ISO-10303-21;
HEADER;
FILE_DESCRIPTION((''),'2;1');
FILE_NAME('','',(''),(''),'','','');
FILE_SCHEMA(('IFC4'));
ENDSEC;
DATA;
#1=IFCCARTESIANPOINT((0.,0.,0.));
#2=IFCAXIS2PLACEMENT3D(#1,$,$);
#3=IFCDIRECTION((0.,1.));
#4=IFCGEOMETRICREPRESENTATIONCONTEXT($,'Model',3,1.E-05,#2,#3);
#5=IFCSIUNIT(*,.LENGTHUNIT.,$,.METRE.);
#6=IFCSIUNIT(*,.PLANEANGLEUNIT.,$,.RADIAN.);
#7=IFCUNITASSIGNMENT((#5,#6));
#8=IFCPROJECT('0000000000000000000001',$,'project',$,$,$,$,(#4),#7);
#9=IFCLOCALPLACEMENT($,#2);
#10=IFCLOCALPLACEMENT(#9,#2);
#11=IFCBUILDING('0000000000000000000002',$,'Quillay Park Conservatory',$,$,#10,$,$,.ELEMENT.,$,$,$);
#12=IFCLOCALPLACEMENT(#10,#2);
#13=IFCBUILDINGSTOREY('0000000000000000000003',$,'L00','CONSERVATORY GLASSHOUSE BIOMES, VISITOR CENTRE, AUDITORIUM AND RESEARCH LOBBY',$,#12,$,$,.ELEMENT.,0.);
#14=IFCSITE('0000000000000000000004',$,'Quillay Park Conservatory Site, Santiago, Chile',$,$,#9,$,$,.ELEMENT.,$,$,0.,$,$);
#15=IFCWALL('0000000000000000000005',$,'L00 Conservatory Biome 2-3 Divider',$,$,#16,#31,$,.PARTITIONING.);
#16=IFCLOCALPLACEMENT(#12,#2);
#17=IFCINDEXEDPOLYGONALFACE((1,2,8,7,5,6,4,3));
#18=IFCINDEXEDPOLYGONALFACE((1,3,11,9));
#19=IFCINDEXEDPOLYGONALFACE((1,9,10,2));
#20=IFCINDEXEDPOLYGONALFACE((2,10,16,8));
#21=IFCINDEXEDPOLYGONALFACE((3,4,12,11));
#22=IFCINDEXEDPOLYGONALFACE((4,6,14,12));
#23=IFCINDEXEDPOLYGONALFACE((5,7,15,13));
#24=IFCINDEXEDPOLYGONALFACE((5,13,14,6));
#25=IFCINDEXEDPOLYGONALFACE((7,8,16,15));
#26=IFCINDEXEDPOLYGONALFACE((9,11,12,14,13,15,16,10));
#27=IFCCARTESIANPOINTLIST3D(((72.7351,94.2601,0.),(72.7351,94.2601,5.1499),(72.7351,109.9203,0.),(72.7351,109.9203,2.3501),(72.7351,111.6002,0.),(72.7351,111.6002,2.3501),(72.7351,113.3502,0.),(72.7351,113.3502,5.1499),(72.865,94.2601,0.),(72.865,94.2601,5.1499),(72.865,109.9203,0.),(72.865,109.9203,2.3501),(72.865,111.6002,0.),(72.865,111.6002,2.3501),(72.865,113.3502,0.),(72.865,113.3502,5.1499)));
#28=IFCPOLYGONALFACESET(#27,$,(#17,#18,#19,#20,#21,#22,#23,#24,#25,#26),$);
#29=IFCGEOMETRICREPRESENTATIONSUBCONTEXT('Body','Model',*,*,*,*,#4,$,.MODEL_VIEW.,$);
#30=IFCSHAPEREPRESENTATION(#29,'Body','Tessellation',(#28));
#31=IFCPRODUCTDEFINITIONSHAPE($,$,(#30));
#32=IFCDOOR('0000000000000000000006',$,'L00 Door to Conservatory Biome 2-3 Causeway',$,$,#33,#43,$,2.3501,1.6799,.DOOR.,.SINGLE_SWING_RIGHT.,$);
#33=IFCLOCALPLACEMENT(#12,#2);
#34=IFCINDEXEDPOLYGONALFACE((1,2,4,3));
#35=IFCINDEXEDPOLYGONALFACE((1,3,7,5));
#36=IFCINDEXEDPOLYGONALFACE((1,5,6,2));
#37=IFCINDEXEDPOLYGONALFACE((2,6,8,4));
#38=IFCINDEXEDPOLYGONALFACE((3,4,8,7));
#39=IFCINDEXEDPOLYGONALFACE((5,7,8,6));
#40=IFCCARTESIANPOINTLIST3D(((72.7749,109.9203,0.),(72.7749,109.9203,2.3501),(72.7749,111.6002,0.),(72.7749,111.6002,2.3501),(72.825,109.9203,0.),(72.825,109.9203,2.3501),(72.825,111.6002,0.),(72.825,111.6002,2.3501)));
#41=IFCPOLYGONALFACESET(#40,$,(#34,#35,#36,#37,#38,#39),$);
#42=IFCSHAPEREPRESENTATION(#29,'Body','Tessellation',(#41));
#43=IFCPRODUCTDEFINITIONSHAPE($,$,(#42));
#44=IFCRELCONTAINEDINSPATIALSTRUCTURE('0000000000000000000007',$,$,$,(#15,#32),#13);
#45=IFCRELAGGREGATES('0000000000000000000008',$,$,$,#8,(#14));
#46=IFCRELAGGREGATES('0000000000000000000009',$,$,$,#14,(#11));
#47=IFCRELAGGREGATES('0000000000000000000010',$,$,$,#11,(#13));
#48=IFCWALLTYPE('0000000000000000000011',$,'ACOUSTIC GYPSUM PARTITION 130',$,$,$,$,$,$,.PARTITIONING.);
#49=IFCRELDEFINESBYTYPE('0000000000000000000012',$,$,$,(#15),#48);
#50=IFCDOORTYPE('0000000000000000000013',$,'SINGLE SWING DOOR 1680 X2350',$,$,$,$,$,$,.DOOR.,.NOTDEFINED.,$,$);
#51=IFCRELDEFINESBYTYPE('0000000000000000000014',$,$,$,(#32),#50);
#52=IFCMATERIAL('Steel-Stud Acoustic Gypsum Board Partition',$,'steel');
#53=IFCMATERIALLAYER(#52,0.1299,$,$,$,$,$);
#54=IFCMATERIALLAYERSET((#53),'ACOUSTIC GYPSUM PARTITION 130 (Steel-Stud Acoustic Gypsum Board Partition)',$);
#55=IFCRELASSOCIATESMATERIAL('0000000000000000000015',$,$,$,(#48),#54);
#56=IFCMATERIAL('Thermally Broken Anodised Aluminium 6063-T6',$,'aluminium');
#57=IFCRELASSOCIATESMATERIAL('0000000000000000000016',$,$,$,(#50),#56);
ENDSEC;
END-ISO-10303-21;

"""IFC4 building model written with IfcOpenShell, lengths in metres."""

from ifc_helpers import new_model, si_unit, direction, frame, frame_2d, origin, place, context, subcontext, project, spatial, rectangle, extrude, material, layer, layer_set, type_object, element, fill, save


model = new_model("IFC4")

# Units and contexts
model_context = context("Model", 3, precision=1e-05, world=origin(), true_north=direction((0.0, 1.0)))
body_context = subcontext(model_context, "Body", "Model", "MODEL_VIEW")
ifc_project = project(units=[si_unit("LENGTHUNIT", "METRE"), si_unit("PLANEANGLEUNIT", "RADIAN")], contexts=[model_context])

# Site, building, storey
site_placement = place(None, origin())
site = spatial("IfcSite", under=ifc_project, at=site_placement, Name="Quillay Park Conservatory Site, Santiago, Chile", CompositionType="ELEMENT", RefElevation=0.0)
building_placement = place(site_placement, origin())
building = spatial("IfcBuilding", under=site, at=building_placement, Name="Quillay Park Conservatory", CompositionType="ELEMENT")
storey_placement = place(building_placement, origin())
storey = spatial("IfcBuildingStorey", under=building, at=storey_placement, Name="L00", Description="CONSERVATORY GLASSHOUSE BIOMES, VISITOR CENTRE, AUDITORIUM AND RESEARCH LOBBY", CompositionType="ELEMENT", Elevation=0.0)

# Wall, opening, door
ifc_material_1 = material(Name="Steel-Stud Acoustic Gypsum Board Partition", Category="steel")
ifc_layer_1 = layer(ifc_material_1, 0.1299)
ifc_layer_set_1 = layer_set([ifc_layer_1], Name="ACOUSTIC GYPSUM PARTITION 130 (Steel-Stud Acoustic Gypsum Board Partition)")
wall_type = type_object("IfcWallType", Name="ACOUSTIC GYPSUM PARTITION 130", PredefinedType="PARTITIONING", material=ifc_layer_set_1)
wall_placement = place(storey_placement, frame((72.8, 113.3501, 0.0), z_axis=(0.0, 0.0, 1.0), x_axis=(0.0, -1.0, 0.0)))
wall = element("IfcWall", 1, at=wall_placement, inside=storey, type_object=wall_type, Name="L00 Conservatory Biome 2-3 Divider", PredefinedType="PARTITIONING", context=body_context, shape_type="SweptSolid", body=[
    extrude(rectangle(XDim=19.0901, YDim=0.1299, at=frame_2d((9.5449, 0.0))), origin(), (0.0, 0.0, 1.0), 5.1499),
])
opening_placement = place(wall_placement, frame((1.75, 0.0, 0.0)))
opening = element("IfcOpeningElement", 2, at=opening_placement, cuts=wall, PredefinedType="OPENING", context=body_context, shape_type="SweptSolid", body=[
    extrude(rectangle(XDim=1.6799, YDim=2.3501, at=frame_2d((0.8398, 1.175))), frame((0.0, 0.0649, 0.0), z_axis=(0.0, -1.0, 0.0), x_axis=(1.0, 0.0, 0.0)), (0.0, 0.0, 1.0), 0.1299),
])
ifc_material_2 = material(Name="Thermally Broken Anodised Aluminium 6063-T6", Category="aluminium")
door_type = type_object("IfcDoorType", Name="SINGLE SWING DOOR 1680 X2350", OperationType="NOTDEFINED", PredefinedType="DOOR", material=ifc_material_2)
door_placement = place(opening_placement, origin())
door = element("IfcDoor", 3, at=door_placement, inside=storey, type_object=door_type, Name="L00 Door to Conservatory Biome 2-3 Causeway", OperationType="SINGLE_SWING_RIGHT", OverallHeight=2.3501, OverallWidth=1.6799, PredefinedType="DOOR", context=body_context, shape_type="SweptSolid", body=[
    extrude(rectangle(XDim=1.6799, YDim=2.3501, at=frame_2d((0.8398, 1.175))), frame((0.0, 0.0249, 0.0), z_axis=(0.0, -1.0, 0.0), x_axis=(1.0, 0.0, 0.0)), (0.0, 0.0, 1.0), 0.05),
])
fill(opening, door)

save(model, "model.ifc")
